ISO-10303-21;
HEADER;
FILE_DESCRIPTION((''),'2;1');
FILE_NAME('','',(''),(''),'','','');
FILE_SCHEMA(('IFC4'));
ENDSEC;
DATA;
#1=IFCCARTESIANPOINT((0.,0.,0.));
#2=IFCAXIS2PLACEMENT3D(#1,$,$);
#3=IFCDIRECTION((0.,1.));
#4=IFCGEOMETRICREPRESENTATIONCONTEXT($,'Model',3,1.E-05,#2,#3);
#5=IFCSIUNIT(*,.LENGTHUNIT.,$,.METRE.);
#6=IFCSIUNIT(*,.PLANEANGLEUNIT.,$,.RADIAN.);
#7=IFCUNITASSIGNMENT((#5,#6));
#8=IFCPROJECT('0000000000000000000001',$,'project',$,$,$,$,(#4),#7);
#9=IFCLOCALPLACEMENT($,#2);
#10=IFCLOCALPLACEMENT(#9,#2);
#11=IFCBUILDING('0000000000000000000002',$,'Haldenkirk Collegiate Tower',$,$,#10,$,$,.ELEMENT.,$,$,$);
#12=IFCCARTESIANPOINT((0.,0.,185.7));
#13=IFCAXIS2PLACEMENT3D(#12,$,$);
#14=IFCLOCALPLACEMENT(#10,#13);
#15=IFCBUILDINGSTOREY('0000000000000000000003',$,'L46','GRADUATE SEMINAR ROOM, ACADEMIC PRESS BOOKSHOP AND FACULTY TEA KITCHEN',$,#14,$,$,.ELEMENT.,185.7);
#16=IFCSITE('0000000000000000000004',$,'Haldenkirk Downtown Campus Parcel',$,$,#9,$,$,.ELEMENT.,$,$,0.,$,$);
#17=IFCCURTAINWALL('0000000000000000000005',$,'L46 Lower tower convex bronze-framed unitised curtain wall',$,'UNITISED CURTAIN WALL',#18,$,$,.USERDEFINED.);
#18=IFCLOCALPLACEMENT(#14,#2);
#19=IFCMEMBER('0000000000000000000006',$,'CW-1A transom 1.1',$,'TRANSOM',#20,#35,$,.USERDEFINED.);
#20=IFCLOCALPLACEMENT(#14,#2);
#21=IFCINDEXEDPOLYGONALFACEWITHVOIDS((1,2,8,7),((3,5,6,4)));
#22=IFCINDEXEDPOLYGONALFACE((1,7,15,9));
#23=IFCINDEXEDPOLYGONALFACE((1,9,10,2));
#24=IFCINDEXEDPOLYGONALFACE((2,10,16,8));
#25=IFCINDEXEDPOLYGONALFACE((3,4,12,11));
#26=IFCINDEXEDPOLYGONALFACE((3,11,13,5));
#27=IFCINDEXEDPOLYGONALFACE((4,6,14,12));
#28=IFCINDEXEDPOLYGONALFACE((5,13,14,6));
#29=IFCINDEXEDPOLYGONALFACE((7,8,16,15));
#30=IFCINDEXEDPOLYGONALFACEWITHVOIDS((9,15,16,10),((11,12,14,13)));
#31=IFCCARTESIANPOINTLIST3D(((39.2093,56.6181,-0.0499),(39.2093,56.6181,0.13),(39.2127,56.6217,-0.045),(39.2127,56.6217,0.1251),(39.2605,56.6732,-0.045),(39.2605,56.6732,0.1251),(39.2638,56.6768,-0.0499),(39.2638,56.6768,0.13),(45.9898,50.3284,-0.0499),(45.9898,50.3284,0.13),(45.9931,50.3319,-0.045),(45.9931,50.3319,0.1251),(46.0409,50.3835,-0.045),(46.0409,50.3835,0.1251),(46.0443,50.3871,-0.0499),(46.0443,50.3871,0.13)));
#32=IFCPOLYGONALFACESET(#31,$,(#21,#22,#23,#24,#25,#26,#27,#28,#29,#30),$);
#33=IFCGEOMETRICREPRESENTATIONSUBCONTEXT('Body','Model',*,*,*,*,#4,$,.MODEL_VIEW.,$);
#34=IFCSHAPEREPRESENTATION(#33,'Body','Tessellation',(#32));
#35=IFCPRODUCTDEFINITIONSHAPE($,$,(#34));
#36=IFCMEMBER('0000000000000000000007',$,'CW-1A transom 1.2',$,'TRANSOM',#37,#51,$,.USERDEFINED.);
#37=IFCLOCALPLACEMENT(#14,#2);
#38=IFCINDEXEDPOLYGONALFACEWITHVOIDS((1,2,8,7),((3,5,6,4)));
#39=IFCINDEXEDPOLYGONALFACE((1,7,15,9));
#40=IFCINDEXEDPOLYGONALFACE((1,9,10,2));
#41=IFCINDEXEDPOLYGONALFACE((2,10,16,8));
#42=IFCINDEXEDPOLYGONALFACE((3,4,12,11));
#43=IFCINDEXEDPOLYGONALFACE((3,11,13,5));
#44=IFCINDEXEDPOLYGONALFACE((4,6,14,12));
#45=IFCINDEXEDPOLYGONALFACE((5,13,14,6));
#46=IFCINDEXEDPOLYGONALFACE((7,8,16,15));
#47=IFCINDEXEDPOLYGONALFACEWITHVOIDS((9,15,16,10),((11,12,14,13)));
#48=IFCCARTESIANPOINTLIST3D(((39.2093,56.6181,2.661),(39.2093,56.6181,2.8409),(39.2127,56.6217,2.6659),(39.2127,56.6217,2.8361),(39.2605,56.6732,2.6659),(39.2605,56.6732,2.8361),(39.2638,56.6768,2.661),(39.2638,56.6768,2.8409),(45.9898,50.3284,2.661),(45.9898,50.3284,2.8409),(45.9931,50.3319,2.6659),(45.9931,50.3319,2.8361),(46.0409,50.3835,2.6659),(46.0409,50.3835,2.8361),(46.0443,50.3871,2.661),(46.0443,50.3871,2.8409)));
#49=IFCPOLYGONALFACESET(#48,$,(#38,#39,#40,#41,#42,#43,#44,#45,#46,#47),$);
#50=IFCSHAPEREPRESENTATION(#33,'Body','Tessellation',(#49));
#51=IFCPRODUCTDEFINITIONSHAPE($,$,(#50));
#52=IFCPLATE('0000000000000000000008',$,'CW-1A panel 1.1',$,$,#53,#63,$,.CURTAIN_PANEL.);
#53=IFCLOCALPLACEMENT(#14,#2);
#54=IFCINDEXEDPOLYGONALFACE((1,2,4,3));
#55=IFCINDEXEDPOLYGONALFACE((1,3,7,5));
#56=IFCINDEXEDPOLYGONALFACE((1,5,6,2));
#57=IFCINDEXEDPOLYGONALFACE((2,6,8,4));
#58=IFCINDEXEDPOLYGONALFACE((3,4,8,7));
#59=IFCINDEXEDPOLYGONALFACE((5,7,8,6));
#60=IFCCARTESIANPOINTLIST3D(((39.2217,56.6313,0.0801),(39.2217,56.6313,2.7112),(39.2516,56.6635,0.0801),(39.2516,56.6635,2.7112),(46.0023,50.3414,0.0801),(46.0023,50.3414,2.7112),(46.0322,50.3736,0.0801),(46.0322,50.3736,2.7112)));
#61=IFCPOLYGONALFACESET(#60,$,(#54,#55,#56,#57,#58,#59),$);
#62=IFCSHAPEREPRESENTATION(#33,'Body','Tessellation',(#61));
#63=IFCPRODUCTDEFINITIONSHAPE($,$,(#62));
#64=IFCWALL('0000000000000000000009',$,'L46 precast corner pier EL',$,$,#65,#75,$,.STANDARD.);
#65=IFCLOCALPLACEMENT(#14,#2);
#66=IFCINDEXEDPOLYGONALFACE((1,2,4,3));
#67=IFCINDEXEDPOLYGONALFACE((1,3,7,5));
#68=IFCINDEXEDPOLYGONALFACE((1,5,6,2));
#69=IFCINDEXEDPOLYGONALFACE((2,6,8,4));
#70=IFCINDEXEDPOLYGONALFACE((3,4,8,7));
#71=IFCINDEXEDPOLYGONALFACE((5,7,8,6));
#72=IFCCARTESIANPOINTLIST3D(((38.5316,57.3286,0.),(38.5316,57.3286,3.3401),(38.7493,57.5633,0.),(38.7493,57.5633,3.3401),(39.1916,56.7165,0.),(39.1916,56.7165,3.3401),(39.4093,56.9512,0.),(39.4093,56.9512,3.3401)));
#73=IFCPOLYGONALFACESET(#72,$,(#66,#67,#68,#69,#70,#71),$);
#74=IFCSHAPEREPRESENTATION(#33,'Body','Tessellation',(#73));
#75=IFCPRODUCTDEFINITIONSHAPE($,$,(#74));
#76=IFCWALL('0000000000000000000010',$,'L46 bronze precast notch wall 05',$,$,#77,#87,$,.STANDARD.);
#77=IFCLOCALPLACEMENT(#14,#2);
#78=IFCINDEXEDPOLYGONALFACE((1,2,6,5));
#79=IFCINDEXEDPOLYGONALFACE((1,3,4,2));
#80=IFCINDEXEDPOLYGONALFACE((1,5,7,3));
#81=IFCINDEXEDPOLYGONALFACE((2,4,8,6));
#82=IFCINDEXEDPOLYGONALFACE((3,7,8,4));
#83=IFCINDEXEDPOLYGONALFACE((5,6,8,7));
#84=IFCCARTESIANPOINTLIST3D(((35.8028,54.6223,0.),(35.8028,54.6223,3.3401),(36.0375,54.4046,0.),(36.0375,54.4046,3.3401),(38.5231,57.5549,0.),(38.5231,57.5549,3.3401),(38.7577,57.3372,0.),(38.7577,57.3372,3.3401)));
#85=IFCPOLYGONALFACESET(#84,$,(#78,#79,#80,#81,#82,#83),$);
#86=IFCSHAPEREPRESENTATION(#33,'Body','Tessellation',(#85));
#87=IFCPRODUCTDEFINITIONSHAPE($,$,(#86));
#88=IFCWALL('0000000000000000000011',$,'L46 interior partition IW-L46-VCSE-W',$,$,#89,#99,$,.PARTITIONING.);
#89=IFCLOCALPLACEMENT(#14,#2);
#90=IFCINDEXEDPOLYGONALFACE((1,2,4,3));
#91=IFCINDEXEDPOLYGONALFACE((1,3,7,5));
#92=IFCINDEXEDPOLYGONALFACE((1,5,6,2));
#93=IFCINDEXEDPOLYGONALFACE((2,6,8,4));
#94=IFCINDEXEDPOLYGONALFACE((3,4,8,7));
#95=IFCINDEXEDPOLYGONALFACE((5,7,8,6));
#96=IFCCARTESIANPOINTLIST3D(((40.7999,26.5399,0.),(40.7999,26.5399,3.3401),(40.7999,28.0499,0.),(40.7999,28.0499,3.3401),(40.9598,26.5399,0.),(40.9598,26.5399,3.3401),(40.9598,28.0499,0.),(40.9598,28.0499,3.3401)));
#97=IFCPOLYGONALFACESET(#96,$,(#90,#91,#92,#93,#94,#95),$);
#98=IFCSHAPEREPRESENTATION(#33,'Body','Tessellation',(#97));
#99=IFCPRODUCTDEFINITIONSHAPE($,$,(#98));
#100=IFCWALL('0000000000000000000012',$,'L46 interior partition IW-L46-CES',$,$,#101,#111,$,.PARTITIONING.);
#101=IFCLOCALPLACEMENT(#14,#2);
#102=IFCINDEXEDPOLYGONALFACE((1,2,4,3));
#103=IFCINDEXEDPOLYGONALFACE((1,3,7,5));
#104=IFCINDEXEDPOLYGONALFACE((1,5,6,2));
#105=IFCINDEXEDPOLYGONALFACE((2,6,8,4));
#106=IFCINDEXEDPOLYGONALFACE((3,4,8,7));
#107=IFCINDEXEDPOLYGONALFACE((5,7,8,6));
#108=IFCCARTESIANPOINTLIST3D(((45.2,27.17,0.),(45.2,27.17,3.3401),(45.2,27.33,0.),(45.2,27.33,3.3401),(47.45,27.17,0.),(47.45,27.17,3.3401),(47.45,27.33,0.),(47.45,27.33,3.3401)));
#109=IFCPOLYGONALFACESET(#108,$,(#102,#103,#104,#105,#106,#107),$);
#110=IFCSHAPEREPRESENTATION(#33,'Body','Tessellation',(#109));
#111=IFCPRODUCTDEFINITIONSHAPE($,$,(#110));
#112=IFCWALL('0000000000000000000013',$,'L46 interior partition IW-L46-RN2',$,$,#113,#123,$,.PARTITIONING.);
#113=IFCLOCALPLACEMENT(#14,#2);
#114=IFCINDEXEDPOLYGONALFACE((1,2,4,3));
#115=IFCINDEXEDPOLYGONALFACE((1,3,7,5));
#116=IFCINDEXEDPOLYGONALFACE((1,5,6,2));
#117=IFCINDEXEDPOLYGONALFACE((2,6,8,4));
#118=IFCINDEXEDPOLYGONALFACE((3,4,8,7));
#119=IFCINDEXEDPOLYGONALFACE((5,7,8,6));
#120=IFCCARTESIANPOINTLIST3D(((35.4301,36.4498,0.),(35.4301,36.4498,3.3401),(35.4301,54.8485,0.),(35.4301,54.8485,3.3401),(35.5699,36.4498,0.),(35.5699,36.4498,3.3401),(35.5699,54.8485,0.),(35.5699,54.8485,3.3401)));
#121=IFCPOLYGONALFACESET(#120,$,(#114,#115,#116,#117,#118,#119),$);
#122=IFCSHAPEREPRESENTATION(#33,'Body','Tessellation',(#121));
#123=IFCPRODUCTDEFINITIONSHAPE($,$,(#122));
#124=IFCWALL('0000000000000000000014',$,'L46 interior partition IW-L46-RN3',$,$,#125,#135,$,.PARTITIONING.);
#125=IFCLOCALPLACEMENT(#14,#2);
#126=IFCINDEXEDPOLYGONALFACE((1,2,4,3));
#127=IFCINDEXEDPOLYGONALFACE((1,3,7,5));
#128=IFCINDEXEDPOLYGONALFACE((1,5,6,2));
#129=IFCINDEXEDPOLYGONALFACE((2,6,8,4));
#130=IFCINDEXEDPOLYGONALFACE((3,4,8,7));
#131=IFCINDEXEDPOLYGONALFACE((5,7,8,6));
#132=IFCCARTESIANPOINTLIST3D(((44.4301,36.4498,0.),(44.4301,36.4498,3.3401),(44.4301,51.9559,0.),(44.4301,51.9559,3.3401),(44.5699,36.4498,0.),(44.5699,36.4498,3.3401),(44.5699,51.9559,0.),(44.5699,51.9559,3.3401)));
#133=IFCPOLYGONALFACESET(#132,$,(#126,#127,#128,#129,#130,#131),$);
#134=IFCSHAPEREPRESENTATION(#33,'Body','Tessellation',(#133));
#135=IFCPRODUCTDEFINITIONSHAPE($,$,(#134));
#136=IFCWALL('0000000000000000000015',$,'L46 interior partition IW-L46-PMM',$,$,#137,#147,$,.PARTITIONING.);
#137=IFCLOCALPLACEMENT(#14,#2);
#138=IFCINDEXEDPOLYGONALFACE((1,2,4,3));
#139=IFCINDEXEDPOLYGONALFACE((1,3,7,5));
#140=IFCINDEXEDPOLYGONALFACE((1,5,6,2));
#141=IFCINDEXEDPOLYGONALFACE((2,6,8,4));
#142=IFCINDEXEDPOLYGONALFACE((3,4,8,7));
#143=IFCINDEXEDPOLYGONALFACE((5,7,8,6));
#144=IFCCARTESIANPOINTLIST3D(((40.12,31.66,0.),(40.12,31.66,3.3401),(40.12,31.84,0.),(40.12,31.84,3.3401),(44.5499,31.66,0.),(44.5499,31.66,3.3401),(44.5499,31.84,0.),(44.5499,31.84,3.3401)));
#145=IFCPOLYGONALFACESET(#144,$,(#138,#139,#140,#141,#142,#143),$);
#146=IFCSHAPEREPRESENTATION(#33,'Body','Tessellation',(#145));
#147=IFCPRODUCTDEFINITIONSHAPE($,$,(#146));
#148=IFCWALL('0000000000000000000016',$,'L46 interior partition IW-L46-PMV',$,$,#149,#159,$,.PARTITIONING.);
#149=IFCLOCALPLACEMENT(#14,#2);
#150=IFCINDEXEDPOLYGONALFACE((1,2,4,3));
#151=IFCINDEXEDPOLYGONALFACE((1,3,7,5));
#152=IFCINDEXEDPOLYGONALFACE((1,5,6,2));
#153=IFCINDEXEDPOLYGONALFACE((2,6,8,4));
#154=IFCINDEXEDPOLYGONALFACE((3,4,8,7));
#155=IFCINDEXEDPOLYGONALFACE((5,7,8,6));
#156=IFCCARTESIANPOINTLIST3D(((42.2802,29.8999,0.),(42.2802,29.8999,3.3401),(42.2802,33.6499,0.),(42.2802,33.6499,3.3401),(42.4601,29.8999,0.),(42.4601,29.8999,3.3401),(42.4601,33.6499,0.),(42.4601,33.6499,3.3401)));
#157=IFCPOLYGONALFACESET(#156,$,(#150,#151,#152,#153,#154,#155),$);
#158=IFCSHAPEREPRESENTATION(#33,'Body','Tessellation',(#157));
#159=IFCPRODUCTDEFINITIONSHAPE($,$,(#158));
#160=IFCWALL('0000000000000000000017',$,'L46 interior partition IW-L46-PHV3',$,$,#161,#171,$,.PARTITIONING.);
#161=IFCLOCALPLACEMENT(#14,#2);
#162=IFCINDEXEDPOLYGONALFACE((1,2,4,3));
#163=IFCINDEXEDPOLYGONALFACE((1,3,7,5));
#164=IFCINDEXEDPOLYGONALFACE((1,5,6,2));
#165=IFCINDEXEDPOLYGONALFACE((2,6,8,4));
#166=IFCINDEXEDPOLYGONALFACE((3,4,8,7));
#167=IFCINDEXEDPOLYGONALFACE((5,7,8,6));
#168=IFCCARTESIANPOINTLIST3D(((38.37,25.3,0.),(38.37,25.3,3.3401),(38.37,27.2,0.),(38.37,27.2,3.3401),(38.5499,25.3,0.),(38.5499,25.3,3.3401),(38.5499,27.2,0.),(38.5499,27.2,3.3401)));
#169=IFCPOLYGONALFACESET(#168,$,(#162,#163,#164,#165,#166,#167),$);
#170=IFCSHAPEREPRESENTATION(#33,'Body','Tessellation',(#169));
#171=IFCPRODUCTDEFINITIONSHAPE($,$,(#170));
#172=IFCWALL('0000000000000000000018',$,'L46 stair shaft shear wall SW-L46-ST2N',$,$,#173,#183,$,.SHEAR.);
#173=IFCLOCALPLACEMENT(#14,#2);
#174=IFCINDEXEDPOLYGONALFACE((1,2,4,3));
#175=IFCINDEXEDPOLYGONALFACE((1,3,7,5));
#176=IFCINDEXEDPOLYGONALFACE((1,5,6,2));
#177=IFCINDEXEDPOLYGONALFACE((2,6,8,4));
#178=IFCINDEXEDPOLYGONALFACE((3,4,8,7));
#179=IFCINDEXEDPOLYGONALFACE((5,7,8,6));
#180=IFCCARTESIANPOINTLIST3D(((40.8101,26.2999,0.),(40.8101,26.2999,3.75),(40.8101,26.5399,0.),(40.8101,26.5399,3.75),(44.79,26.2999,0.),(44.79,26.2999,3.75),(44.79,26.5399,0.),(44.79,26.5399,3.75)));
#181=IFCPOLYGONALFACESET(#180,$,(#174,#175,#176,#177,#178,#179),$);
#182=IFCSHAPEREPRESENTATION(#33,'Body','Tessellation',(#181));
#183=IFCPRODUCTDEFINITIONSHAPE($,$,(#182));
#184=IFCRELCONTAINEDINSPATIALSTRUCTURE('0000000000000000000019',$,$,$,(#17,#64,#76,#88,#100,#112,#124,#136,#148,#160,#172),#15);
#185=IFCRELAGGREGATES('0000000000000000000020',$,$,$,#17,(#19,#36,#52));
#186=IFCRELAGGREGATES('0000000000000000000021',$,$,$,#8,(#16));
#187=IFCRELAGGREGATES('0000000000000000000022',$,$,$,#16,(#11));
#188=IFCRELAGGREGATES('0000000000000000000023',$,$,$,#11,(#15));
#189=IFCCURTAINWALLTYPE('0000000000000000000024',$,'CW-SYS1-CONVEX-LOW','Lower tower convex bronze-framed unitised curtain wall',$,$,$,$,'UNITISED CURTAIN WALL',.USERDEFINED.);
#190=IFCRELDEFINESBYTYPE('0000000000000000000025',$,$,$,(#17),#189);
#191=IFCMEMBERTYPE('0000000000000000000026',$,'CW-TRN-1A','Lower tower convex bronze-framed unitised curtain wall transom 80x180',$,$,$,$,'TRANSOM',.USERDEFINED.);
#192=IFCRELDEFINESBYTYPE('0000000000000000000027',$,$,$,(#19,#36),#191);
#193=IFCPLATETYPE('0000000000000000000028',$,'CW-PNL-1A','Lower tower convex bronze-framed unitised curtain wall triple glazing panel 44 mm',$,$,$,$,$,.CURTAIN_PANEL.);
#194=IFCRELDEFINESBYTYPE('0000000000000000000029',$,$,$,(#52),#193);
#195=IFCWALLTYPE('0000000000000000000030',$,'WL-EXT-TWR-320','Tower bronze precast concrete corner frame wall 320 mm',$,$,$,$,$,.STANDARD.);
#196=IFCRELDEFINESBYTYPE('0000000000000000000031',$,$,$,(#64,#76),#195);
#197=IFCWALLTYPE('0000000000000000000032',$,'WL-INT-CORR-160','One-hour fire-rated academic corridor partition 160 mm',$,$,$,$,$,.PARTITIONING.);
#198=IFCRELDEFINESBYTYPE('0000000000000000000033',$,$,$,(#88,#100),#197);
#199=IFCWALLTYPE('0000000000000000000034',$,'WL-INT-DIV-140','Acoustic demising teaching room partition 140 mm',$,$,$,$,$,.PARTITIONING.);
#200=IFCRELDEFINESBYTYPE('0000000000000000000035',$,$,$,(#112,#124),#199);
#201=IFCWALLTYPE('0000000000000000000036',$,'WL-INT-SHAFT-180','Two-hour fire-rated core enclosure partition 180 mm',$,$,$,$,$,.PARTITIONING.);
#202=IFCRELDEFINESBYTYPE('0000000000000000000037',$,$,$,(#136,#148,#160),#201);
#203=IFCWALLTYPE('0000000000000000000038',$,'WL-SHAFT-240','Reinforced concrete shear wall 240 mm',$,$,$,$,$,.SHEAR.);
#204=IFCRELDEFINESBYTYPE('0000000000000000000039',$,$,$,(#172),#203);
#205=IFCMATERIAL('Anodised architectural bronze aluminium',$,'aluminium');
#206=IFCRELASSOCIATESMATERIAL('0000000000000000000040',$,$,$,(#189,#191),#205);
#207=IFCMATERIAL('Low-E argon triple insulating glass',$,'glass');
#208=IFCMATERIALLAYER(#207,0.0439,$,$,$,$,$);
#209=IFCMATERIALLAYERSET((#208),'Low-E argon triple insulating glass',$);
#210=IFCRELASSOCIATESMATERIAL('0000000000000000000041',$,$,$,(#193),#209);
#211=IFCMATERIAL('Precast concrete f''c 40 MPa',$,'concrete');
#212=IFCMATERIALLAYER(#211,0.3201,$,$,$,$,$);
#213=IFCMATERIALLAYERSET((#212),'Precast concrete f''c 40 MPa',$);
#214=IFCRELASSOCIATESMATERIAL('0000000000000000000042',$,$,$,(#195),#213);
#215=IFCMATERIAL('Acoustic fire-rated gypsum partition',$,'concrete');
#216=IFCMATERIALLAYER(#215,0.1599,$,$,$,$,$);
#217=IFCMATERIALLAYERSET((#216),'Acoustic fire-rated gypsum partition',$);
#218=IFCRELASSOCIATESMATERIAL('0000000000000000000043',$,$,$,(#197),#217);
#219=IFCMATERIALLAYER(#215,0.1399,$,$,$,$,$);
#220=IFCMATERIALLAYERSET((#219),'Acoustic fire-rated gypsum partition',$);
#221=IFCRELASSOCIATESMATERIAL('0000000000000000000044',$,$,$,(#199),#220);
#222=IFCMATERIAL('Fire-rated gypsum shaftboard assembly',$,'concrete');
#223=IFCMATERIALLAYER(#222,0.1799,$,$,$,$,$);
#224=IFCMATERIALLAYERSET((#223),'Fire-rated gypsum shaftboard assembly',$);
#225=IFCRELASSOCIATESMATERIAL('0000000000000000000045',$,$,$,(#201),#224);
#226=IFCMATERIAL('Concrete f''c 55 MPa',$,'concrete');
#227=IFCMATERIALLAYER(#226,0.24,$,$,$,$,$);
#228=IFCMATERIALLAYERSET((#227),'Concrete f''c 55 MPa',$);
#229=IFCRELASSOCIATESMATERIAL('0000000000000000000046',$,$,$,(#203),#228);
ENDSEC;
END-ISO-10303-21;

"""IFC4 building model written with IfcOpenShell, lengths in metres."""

from ifc_helpers import new_model, si_unit, direction, frame, frame_2d, origin, origin_2d, place, context, subcontext, project, spatial, rectangle, hollow_rectangle, extrude, source, transform, mapped, material, layer, layer_set, material_profile, profile_set, type_object, element, aggregate, save


model = new_model("IFC4")

# Units and contexts
model_context = context("Model", 3, precision=1e-05, world=origin(), true_north=direction((0.0, 1.0)))
body_context = subcontext(model_context, "Body", "Model", "MODEL_VIEW")
ifc_project = project(units=[si_unit("LENGTHUNIT", "METRE"), si_unit("PLANEANGLEUNIT", "RADIAN")], contexts=[model_context])

# Site, building, storey
site_placement = place(None, origin())
site = spatial("IfcSite", under=ifc_project, at=site_placement, Name="Haldenkirk Downtown Campus Parcel", CompositionType="ELEMENT", RefElevation=0.0)
building_placement = place(site_placement, origin())
building = spatial("IfcBuilding", under=site, at=building_placement, Name="Haldenkirk Collegiate Tower", CompositionType="ELEMENT")
storey_placement = place(building_placement, frame((0.0, 0.0, 185.7)))
storey = spatial("IfcBuildingStorey", under=building, at=storey_placement, Name="L46", Description="GRADUATE SEMINAR ROOM, ACADEMIC PRESS BOOKSHOP AND FACULTY TEA KITCHEN", CompositionType="ELEMENT", Elevation=185.7)

# Curtain wall, members, plate
ifc_material_1 = material(Name="Anodised architectural bronze aluminium", Category="aluminium")
curtain_wall_type = type_object("IfcCurtainWallType", Name="CW-SYS1-CONVEX-LOW", Description="Lower tower convex bronze-framed unitised curtain wall", ElementType="UNITISED CURTAIN WALL", PredefinedType="USERDEFINED", material=ifc_material_1)
curtain_wall_placement = place(storey_placement, origin())
curtain_wall = element("IfcCurtainWall", 1, at=curtain_wall_placement, inside=storey, type_object=curtain_wall_type, Name="L46 Lower tower convex bronze-framed unitised curtain wall", ObjectType="UNITISED CURTAIN WALL", PredefinedType="USERDEFINED")
ifc_material_profile_1 = material_profile(ifc_material_1, hollow_rectangle(XDim=0.0801, YDim=0.1799, WallThickness=0.0049, at=origin_2d()), Name="CW-TRN-1A")
ifc_profile_set_1 = profile_set([ifc_material_profile_1], Name="Anodised architectural bronze aluminium")
member_type_1 = type_object("IfcMemberType", Name="CW-TRN-1A", Description="Lower tower convex bronze-framed unitised curtain wall transom 80x180", ElementType="TRANSOM", PredefinedType="USERDEFINED", material=ifc_profile_set_1)
member_1_placement = place(storey_placement, frame((39.2366, 56.6475, 0.04), z_axis=(0.733138, -0.680079, 0.0), x_axis=(0.680079, 0.733138, 0.0)))
member_1 = element("IfcMember", 2, at=member_1_placement, type_object=member_type_1, Name="CW-1A transom 1.1", ObjectType="TRANSOM", PredefinedType="USERDEFINED", context=body_context, shape_type="SweptSolid", body=[
    extrude(hollow_rectangle(XDim=0.0801, YDim=0.1799, WallThickness=0.0049, at=origin_2d()), origin(), (0.0, 0.0, 1.0), 9.2485),
])
member_2_placement = place(storey_placement, frame((39.2366, 56.6475, 2.751), z_axis=(0.733138, -0.680079, 0.0), x_axis=(0.680079, 0.733138, 0.0)))
member_2 = element("IfcMember", 3, at=member_2_placement, type_object=member_type_1, Name="CW-1A transom 1.2", ObjectType="TRANSOM", PredefinedType="USERDEFINED", context=body_context, shape_type="SweptSolid", body=[
    extrude(hollow_rectangle(XDim=0.0801, YDim=0.1799, WallThickness=0.0049, at=origin_2d()), origin(), (0.0, 0.0, 1.0), 9.2485),
])
ifc_material_2 = material(Name="Low-E argon triple insulating glass", Category="glass")
ifc_layer_1 = layer(ifc_material_2, 0.0439)
ifc_layer_set_1 = layer_set([ifc_layer_1], Name="Low-E argon triple insulating glass")
plate_type = type_object("IfcPlateType", Name="CW-PNL-1A", Description="Lower tower convex bronze-framed unitised curtain wall triple glazing panel 44 mm", PredefinedType="CURTAIN_PANEL", material=ifc_layer_set_1)
shared_shape_1 = source(origin(), body_context, "Body", "SweptSolid", [
    extrude(rectangle(XDim=9.2488, YDim=0.0439, at=origin_2d()), origin(), (0.0, 0.0, 1.0), 2.6311),
])
plate_placement = place(storey_placement, frame((42.627, 53.5024, 0.0801), z_axis=(0.0, 0.0, 1.0), x_axis=(0.733139, -0.680079, 0.0)))
plate = element("IfcPlate", 4, at=plate_placement, type_object=plate_type, Name="CW-1A panel 1.1", PredefinedType="CURTAIN_PANEL", context=body_context, shape_type="MappedRepresentation", body=[
    mapped(shared_shape_1, transform((0.0, 0.0, 0.0), x_axis=(1.0, 0.0, 0.0), y_axis=(0.0, 1.0, 0.0), z_axis=(0.0, 0.0, 1.0), scale=1.0)),
])
aggregate(curtain_wall, [member_1, member_2, plate])

# Walls
ifc_material_3 = material(Name="Precast concrete f'c 40 MPa", Category="concrete")
ifc_layer_2 = layer(ifc_material_3, 0.3201)
ifc_layer_set_2 = layer_set([ifc_layer_2], Name="Precast concrete f'c 40 MPa")
wall_type_1 = type_object("IfcWallType", Name="WL-EXT-TWR-320", Description="Tower bronze precast concrete corner frame wall 320 mm", PredefinedType="STANDARD", material=ifc_layer_set_2)
wall_1_placement = place(storey_placement, frame((38.6404, 57.446, 0.0), z_axis=(0.0, 0.0, 1.0), x_axis=(0.733189, -0.680024, 0.0)))
element("IfcWall", 5, at=wall_1_placement, inside=storey, type_object=wall_type_1, Name="L46 precast corner pier EL", PredefinedType="STANDARD", context=body_context, shape_type="SweptSolid", body=[
    extrude(rectangle(XDim=0.9001, YDim=0.3201, at=frame_2d((0.4502, 0.0))), origin(), (0.0, 0.0, 1.0), 3.3401),
])
wall_2_placement = place(storey_placement, frame((35.9202, 54.5134, 0.0), z_axis=(0.0, 0.0, 1.0), x_axis=(0.680058, 0.733159, 0.0)))
element("IfcWall", 6, at=wall_2_placement, inside=storey, type_object=wall_type_1, Name="L46 bronze precast notch wall 05", PredefinedType="STANDARD", context=body_context, shape_type="SweptSolid", body=[
    extrude(rectangle(XDim=4.0, YDim=0.3201, at=frame_2d((2.0, 0.0))), origin(), (0.0, 0.0, 1.0), 3.3401),
])

# Shared definitions
ifc_material_4 = material(Name="Acoustic fire-rated gypsum partition", Category="concrete")
ifc_layer_3 = layer(ifc_material_4, 0.1599)
ifc_layer_set_3 = layer_set([ifc_layer_3], Name="Acoustic fire-rated gypsum partition")
wall_type_2 = type_object("IfcWallType", Name="WL-INT-CORR-160", Description="One-hour fire-rated academic corridor partition 160 mm", PredefinedType="PARTITIONING", material=ifc_layer_set_3)

# Walls
wall_3_placement = place(storey_placement, frame((40.8799, 26.54, 0.0), z_axis=(0.0, 0.0, 1.0), x_axis=(0.0, 1.0, 0.0)))
element("IfcWall", 7, at=wall_3_placement, inside=storey, type_object=wall_type_2, Name="L46 interior partition IW-L46-VCSE-W", PredefinedType="PARTITIONING", context=body_context, shape_type="SweptSolid", body=[
    extrude(rectangle(XDim=1.51, YDim=0.1599, at=frame_2d((0.7549, 0.0))), origin(), (0.0, 0.0, 1.0), 3.3401),
])
wall_4_placement = place(storey_placement, frame((45.2, 27.25, 0.0), z_axis=(0.0, 0.0, 1.0), x_axis=(1.0, 0.0, 0.0)))
element("IfcWall", 8, at=wall_4_placement, inside=storey, type_object=wall_type_2, Name="L46 interior partition IW-L46-CES", PredefinedType="PARTITIONING", context=body_context, shape_type="SweptSolid", body=[
    extrude(rectangle(XDim=2.25, YDim=0.1599, at=frame_2d((1.125, 0.0))), origin(), (0.0, 0.0, 1.0), 3.3401),
])
ifc_layer_4 = layer(ifc_material_4, 0.1399)
ifc_layer_set_4 = layer_set([ifc_layer_4], Name="Acoustic fire-rated gypsum partition")
wall_type_3 = type_object("IfcWallType", Name="WL-INT-DIV-140", Description="Acoustic demising teaching room partition 140 mm", PredefinedType="PARTITIONING", material=ifc_layer_set_4)
wall_5_placement = place(storey_placement, frame((35.5, 36.45, 0.0), z_axis=(0.0, 0.0, 1.0), x_axis=(0.0, 1.0, 0.0)))
element("IfcWall", 9, at=wall_5_placement, inside=storey, type_object=wall_type_3, Name="L46 interior partition IW-L46-RN2", PredefinedType="PARTITIONING", context=body_context, shape_type="SweptSolid", body=[
    extrude(rectangle(XDim=18.3987, YDim=0.1399, at=frame_2d((9.1992, 0.0))), origin(), (0.0, 0.0, 1.0), 3.3401),
])
wall_6_placement = place(storey_placement, frame((44.5, 36.45, 0.0), z_axis=(0.0, 0.0, 1.0), x_axis=(0.0, 1.0, 0.0)))
element("IfcWall", 10, at=wall_6_placement, inside=storey, type_object=wall_type_3, Name="L46 interior partition IW-L46-RN3", PredefinedType="PARTITIONING", context=body_context, shape_type="SweptSolid", body=[
    extrude(rectangle(XDim=15.5061, YDim=0.1399, at=frame_2d((7.7529, 0.0))), origin(), (0.0, 0.0, 1.0), 3.3401),
])

# Shared definitions
ifc_material_5 = material(Name="Fire-rated gypsum shaftboard assembly", Category="concrete")
ifc_layer_5 = layer(ifc_material_5, 0.1799)
ifc_layer_set_5 = layer_set([ifc_layer_5], Name="Fire-rated gypsum shaftboard assembly")
wall_type_4 = type_object("IfcWallType", Name="WL-INT-SHAFT-180", Description="Two-hour fire-rated core enclosure partition 180 mm", PredefinedType="PARTITIONING", material=ifc_layer_set_5)

# Walls
wall_7_placement = place(storey_placement, frame((40.1201, 31.75, 0.0), z_axis=(0.0, 0.0, 1.0), x_axis=(1.0, 0.0, 0.0)))
element("IfcWall", 11, at=wall_7_placement, inside=storey, type_object=wall_type_4, Name="L46 interior partition IW-L46-PMM", PredefinedType="PARTITIONING", context=body_context, shape_type="SweptSolid", body=[
    extrude(rectangle(XDim=4.4299, YDim=0.1799, at=frame_2d((2.2148, 0.0))), origin(), (0.0, 0.0, 1.0), 3.3401),
])
wall_8_placement = place(storey_placement, frame((42.3701, 29.8999, 0.0), z_axis=(0.0, 0.0, 1.0), x_axis=(0.0, 1.0, 0.0)))
element("IfcWall", 12, at=wall_8_placement, inside=storey, type_object=wall_type_4, Name="L46 interior partition IW-L46-PMV", PredefinedType="PARTITIONING", context=body_context, shape_type="SweptSolid", body=[
    extrude(rectangle(XDim=3.75, YDim=0.1799, at=frame_2d((1.875, 0.0))), origin(), (0.0, 0.0, 1.0), 3.3401),
])
wall_9_placement = place(storey_placement, frame((38.46, 25.3, 0.0), z_axis=(0.0, 0.0, 1.0), x_axis=(0.0, 1.0, 0.0)))
element("IfcWall", 13, at=wall_9_placement, inside=storey, type_object=wall_type_4, Name="L46 interior partition IW-L46-PHV3", PredefinedType="PARTITIONING", context=body_context, shape_type="SweptSolid", body=[
    extrude(rectangle(XDim=1.8999, YDim=0.1799, at=frame_2d((0.95, 0.0))), origin(), (0.0, 0.0, 1.0), 3.3401),
])
ifc_material_6 = material(Name="Concrete f'c 55 MPa", Category="concrete")
ifc_layer_6 = layer(ifc_material_6, 0.24)
ifc_layer_set_6 = layer_set([ifc_layer_6], Name="Concrete f'c 55 MPa")
wall_type_5 = type_object("IfcWallType", Name="WL-SHAFT-240", Description="Reinforced concrete shear wall 240 mm", PredefinedType="SHEAR", material=ifc_layer_set_6)
wall_10_placement = place(storey_placement, frame((40.8101, 26.4199, 0.0), z_axis=(0.0, 0.0, 1.0), x_axis=(1.0, 0.0, 0.0)))
element("IfcWall", 14, at=wall_10_placement, inside=storey, type_object=wall_type_5, Name="L46 stair shaft shear wall SW-L46-ST2N", PredefinedType="SHEAR", context=body_context, shape_type="SweptSolid", body=[
    extrude(rectangle(XDim=3.98, YDim=0.24, at=frame_2d((1.99, 0.0))), origin(), (0.0, 0.0, 1.0), 3.75),
])

save(model, "model.ifc")
